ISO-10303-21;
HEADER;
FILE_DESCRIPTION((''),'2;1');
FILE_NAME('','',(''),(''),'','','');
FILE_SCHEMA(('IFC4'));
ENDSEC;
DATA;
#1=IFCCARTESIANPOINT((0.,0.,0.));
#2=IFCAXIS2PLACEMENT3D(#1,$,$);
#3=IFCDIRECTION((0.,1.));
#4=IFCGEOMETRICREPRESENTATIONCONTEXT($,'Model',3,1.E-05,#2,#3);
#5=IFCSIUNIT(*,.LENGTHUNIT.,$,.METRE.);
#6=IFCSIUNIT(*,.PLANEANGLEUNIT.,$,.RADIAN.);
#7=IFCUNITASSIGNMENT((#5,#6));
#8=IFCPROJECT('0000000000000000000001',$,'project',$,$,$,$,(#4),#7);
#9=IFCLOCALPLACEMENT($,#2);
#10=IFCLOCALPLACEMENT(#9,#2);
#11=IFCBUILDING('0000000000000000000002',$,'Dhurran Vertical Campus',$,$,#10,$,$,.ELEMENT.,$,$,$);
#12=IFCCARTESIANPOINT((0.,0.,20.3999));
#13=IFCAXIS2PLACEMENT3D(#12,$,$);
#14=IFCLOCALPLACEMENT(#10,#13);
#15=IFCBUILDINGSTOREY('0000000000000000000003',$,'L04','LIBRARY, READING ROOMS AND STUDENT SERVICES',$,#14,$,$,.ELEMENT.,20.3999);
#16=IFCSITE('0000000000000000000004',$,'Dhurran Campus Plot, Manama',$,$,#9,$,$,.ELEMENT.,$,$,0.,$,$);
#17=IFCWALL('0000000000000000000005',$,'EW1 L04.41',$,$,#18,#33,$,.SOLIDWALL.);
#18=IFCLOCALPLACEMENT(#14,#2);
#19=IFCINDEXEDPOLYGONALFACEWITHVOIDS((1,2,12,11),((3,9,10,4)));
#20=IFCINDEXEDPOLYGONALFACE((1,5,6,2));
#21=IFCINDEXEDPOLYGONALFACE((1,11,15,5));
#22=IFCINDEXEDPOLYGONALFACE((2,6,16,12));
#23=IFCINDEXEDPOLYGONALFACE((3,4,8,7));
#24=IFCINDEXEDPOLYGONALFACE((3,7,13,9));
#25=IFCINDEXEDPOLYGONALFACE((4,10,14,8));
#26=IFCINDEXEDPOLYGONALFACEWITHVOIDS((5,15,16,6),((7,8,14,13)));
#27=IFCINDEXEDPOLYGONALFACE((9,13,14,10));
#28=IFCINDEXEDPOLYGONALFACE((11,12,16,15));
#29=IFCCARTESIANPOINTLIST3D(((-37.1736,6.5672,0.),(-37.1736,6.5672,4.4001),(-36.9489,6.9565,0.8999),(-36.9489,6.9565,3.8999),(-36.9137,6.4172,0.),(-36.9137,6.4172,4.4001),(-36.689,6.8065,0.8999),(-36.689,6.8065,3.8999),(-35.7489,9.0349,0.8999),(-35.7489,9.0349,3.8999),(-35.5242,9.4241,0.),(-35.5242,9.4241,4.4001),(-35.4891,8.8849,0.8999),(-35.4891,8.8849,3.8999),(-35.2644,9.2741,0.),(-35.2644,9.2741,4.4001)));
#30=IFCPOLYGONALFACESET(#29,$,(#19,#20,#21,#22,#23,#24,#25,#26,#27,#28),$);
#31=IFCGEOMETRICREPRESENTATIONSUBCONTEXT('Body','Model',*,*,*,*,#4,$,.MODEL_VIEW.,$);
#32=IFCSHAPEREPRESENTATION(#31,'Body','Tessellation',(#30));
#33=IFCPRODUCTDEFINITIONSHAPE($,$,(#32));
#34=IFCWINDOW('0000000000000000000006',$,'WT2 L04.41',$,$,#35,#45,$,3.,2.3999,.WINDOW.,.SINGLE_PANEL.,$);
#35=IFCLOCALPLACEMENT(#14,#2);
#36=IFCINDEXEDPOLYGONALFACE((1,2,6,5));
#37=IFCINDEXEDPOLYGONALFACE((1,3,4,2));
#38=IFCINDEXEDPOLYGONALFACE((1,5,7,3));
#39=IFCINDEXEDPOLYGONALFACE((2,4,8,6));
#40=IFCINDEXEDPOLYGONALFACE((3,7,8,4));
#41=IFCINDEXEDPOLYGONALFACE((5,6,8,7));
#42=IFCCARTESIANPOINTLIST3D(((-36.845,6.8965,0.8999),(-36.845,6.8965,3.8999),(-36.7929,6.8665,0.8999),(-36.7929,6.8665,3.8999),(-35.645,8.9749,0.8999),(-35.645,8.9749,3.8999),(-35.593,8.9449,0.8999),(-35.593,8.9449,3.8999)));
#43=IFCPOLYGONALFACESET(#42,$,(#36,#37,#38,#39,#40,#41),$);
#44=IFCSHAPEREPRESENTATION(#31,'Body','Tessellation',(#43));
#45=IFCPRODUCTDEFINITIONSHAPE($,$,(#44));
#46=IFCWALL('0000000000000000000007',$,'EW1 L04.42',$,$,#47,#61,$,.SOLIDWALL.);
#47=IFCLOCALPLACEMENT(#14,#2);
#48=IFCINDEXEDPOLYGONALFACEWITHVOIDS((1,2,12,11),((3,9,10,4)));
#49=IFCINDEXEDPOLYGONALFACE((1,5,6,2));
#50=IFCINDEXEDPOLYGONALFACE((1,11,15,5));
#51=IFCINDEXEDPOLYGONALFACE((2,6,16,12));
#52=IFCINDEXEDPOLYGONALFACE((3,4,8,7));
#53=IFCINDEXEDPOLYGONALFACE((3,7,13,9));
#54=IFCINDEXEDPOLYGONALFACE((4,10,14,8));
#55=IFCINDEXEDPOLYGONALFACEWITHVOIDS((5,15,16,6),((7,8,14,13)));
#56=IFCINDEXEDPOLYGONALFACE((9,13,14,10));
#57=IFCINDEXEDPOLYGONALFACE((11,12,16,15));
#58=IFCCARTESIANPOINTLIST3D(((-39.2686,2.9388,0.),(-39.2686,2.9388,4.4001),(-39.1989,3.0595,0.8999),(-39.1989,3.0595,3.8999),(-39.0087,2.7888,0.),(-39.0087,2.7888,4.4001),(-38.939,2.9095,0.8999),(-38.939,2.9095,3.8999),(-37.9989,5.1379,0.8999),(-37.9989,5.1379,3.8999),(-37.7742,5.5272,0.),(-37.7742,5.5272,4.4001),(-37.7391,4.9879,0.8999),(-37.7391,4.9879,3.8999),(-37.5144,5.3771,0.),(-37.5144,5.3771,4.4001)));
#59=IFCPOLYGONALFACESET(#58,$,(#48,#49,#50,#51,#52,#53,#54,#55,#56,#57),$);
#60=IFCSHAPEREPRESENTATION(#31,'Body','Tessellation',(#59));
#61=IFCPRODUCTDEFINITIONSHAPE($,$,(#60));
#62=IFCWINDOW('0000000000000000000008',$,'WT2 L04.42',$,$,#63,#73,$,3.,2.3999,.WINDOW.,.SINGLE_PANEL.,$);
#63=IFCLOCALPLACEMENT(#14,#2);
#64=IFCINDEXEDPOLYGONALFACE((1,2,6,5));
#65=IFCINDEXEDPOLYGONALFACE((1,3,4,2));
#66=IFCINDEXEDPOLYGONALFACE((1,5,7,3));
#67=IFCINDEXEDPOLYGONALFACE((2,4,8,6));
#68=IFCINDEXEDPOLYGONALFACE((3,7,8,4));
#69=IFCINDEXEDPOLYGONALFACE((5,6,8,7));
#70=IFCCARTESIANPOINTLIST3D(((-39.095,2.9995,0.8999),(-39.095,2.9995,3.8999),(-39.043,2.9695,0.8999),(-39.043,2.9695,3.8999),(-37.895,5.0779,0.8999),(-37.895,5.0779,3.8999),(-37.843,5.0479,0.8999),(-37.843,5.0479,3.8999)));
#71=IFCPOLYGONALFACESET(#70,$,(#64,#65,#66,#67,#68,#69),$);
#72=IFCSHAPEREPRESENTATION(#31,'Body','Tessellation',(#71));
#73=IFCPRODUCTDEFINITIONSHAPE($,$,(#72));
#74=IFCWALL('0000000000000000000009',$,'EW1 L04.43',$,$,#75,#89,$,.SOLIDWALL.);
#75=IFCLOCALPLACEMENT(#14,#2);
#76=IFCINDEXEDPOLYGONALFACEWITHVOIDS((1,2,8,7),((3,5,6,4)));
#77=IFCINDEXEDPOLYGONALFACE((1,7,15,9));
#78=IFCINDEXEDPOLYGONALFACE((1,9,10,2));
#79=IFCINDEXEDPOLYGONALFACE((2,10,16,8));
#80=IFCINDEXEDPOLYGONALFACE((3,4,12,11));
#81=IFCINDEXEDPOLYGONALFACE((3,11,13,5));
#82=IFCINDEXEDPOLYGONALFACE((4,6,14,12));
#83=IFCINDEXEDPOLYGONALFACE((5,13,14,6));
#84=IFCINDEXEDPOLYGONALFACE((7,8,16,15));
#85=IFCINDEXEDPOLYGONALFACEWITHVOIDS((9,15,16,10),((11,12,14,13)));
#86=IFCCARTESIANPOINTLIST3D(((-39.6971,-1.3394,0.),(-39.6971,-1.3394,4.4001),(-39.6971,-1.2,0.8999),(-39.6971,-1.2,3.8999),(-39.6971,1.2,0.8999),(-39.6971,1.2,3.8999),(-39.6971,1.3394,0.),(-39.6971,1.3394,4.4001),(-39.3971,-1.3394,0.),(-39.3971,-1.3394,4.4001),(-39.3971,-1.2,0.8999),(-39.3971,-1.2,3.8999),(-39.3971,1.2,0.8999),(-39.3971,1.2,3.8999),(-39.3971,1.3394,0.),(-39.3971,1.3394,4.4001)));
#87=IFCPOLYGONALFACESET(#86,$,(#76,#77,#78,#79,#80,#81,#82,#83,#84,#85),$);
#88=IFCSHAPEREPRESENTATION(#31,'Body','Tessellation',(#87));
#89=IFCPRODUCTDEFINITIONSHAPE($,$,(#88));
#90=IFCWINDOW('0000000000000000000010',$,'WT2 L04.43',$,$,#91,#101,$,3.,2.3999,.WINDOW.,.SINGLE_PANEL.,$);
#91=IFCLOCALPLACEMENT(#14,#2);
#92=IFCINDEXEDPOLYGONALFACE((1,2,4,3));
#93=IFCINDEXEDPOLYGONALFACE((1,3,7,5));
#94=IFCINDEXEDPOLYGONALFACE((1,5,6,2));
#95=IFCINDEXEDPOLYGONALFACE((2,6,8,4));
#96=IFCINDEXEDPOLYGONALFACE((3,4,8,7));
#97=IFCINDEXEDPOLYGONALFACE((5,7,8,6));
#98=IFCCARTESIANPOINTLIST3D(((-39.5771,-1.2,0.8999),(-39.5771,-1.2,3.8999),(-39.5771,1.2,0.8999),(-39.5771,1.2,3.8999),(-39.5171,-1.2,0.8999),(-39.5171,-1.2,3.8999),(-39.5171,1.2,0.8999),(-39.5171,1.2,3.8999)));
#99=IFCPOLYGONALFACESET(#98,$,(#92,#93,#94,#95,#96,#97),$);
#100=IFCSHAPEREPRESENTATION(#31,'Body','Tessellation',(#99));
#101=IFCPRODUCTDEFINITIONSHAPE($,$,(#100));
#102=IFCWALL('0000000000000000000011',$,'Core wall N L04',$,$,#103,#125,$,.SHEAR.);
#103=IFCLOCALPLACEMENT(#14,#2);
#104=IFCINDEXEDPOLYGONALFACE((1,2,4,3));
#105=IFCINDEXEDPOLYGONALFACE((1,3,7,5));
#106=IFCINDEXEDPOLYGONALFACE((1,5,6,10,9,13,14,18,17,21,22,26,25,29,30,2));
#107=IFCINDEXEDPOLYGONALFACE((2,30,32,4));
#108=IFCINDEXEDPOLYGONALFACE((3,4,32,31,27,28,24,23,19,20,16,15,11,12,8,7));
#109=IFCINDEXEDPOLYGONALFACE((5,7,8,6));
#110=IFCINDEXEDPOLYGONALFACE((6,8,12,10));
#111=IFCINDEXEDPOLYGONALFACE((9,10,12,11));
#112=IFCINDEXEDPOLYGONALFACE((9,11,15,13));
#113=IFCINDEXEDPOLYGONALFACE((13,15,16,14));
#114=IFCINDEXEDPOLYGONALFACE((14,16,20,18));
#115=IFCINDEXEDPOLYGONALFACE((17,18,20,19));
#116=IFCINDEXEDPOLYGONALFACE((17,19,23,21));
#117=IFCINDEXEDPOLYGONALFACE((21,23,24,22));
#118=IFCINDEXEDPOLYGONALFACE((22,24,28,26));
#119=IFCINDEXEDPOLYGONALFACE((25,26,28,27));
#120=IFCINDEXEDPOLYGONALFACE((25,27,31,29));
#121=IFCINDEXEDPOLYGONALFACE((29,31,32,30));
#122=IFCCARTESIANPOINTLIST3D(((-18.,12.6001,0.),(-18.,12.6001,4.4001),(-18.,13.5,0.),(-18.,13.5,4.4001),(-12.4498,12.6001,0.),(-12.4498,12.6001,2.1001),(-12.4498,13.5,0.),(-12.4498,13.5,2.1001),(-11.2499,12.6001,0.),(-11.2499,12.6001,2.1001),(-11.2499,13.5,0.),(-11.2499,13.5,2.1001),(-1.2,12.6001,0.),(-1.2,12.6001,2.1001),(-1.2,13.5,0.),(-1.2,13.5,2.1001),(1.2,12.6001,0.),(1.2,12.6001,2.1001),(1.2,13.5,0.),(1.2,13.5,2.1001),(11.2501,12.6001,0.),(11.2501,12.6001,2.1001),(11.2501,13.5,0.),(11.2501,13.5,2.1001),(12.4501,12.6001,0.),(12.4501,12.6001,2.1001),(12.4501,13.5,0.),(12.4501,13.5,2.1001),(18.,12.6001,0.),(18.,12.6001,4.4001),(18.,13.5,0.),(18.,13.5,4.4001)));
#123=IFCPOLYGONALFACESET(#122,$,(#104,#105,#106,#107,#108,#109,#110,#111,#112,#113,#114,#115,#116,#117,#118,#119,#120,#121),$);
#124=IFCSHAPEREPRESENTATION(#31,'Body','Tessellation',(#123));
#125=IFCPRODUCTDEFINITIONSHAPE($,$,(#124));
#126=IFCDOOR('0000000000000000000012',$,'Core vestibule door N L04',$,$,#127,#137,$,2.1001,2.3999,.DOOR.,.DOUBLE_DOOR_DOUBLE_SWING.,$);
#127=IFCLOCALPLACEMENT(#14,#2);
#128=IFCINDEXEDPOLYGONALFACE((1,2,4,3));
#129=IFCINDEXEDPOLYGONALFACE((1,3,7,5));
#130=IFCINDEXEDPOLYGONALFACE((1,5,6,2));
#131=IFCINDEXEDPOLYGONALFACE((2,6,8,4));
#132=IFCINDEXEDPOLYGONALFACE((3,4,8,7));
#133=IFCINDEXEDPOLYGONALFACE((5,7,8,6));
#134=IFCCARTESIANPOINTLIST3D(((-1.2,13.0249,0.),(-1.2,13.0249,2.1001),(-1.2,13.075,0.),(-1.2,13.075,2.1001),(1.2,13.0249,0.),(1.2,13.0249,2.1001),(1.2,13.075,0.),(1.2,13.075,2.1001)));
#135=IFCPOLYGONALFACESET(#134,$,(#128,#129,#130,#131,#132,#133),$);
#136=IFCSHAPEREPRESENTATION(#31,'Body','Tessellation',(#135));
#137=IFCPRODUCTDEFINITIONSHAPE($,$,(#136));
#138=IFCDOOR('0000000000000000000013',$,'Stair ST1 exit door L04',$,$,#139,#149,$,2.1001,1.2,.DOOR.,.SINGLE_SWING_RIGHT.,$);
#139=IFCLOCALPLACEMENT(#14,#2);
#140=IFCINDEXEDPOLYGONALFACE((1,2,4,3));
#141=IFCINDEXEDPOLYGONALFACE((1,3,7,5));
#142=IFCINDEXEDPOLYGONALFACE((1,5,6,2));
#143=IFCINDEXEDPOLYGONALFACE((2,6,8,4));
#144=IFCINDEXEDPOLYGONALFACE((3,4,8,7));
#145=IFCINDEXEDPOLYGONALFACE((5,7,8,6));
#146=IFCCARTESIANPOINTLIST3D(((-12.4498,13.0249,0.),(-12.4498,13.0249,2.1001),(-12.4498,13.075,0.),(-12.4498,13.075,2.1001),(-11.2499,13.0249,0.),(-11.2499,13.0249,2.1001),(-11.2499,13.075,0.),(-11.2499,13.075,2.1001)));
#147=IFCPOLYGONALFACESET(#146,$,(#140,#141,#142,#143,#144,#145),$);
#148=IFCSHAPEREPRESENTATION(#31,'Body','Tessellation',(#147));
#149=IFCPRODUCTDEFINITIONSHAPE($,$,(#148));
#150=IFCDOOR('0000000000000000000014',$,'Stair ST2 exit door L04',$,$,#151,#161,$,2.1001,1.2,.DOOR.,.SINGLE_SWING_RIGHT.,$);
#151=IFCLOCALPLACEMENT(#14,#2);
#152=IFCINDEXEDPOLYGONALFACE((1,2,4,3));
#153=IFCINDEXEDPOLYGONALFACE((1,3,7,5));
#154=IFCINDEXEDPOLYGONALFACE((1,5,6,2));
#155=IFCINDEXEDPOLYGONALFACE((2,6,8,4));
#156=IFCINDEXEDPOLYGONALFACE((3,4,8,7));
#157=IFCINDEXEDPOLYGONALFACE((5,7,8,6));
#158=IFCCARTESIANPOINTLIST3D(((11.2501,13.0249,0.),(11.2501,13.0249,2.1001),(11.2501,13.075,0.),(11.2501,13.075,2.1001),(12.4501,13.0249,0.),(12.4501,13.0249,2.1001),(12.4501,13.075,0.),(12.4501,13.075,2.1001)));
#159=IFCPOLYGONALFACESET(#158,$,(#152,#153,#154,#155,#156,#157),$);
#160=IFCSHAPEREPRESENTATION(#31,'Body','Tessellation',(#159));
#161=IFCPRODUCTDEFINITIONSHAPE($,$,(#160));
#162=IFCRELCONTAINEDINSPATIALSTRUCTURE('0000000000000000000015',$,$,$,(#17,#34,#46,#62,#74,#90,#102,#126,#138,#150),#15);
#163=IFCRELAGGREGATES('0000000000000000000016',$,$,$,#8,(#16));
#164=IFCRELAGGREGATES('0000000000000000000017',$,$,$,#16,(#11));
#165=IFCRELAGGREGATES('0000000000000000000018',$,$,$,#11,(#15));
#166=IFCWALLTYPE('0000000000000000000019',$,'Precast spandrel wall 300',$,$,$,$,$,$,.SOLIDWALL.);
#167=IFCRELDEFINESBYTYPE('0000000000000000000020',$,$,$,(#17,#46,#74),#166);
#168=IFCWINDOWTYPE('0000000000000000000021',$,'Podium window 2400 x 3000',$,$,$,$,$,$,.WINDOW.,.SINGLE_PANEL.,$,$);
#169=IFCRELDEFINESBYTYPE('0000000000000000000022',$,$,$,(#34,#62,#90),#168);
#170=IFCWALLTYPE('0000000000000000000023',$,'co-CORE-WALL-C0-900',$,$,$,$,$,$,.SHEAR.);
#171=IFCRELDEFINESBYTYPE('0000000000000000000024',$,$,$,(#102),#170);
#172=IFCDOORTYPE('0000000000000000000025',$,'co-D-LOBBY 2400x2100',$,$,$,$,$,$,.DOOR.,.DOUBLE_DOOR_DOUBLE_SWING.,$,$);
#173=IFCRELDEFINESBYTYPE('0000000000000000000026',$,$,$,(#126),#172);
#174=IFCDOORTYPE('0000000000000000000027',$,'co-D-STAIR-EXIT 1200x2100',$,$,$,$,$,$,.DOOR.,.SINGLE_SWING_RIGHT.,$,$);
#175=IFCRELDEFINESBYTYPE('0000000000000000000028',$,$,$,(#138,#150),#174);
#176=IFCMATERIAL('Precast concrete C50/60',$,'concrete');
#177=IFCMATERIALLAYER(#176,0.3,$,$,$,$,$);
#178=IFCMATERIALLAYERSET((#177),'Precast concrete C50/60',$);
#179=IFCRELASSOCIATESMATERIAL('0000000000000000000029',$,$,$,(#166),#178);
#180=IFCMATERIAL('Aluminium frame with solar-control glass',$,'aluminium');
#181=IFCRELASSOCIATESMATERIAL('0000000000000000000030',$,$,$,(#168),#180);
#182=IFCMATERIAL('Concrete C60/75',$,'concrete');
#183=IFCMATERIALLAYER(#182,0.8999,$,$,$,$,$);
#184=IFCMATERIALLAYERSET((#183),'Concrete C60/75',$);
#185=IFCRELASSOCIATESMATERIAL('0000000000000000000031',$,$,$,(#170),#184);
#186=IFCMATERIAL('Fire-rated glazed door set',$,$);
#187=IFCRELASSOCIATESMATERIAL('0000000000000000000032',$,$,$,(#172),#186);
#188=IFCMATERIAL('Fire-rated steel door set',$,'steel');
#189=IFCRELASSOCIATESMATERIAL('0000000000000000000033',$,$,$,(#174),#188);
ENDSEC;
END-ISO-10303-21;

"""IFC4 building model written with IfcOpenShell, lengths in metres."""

from ifc_helpers import new_model, si_unit, direction, frame, frame_2d, origin, place, context, subcontext, project, spatial, rectangle, extrude, material, layer, layer_set, type_object, element, fill, save


model = new_model("IFC4")

# Units and contexts
model_context = context("Model", 3, precision=1e-05, world=origin(), true_north=direction((0.0, 1.0)))
body_context = subcontext(model_context, "Body", "Model", "MODEL_VIEW")
ifc_project = project(units=[si_unit("LENGTHUNIT", "METRE"), si_unit("PLANEANGLEUNIT", "RADIAN")], contexts=[model_context])

# Site, building, storey
site_placement = place(None, origin())
site = spatial("IfcSite", under=ifc_project, at=site_placement, Name="Dhurran Campus Plot, Manama", CompositionType="ELEMENT", RefElevation=0.0)
building_placement = place(site_placement, origin())
building = spatial("IfcBuilding", under=site, at=building_placement, Name="Dhurran Vertical Campus", CompositionType="ELEMENT")
storey_placement = place(building_placement, frame((0.0, 0.0, 20.3999)))
storey = spatial("IfcBuildingStorey", under=building, at=storey_placement, Name="L04", Description="LIBRARY, READING ROOMS AND STUDENT SERVICES", CompositionType="ELEMENT", Elevation=20.3999)

# Walls, openings, windows
ifc_material_1 = material(Name="Precast concrete C50/60", Category="concrete")
ifc_layer_1 = layer(ifc_material_1, 0.3)
ifc_layer_set_1 = layer_set([ifc_layer_1], Name="Precast concrete C50/60")
wall_type_1 = type_object("IfcWallType", Name="Precast spandrel wall 300", PredefinedType="SOLIDWALL", material=ifc_layer_set_1)
ifc_material_2 = material(Name="Aluminium frame with solar-control glass", Category="aluminium")
window_type = type_object("IfcWindowType", Name="Podium window 2400 x 3000", PartitioningType="SINGLE_PANEL", PredefinedType="WINDOW", material=ifc_material_2)
wall_1_placement = place(storey_placement, frame((-35.3943, 9.3491, 0.0), z_axis=(0.0, 0.0, 1.0), x_axis=(-0.499992, -0.86603, 0.0)))
wall_1 = element("IfcWall", 1, at=wall_1_placement, inside=storey, type_object=wall_type_1, Name="EW1 L04.41", PredefinedType="SOLIDWALL", context=body_context, shape_type="SweptSolid", body=[
    extrude(rectangle(XDim=3.2988, YDim=0.3, at=frame_2d((1.6494, 0.0))), origin(), (0.0, 0.0, 1.0), 4.4001),
])
opening_1_placement = place(wall_1_placement, frame((0.4495, 0.0, 0.8999)))
opening_1 = element("IfcOpeningElement", 2, at=opening_1_placement, cuts=wall_1, PredefinedType="OPENING", context=body_context, shape_type="SweptSolid", body=[
    extrude(rectangle(XDim=2.3999, YDim=3.0, at=frame_2d((1.2, 1.5))), frame((0.0, 0.1599, 0.0), z_axis=(0.0, -1.0, 0.0), x_axis=(1.0, 0.0, 0.0)), (0.0, 0.0, 1.0), 0.3201),
])
window_1_placement = place(opening_1_placement, origin())
window_1 = element("IfcWindow", 3, at=window_1_placement, inside=storey, type_object=window_type, Name="WT2 L04.41", OverallHeight=3.0, OverallWidth=2.3999, PartitioningType="SINGLE_PANEL", PredefinedType="WINDOW", context=body_context, shape_type="SweptSolid", body=[
    extrude(rectangle(XDim=2.3999, YDim=3.0, at=frame_2d((1.2, 1.5))), frame((0.0, 0.03, 0.0), z_axis=(0.0, -1.0, 0.0), x_axis=(1.0, 0.0, 0.0)), (0.0, 0.0, 1.0), 0.0601),
])
fill(opening_1, window_1)
wall_2_placement = place(storey_placement, frame((-37.6443, 5.4521, 0.0), z_axis=(0.0, 0.0, 1.0), x_axis=(-0.499996, -0.866028, 0.0)))
wall_2 = element("IfcWall", 4, at=wall_2_placement, inside=storey, type_object=wall_type_1, Name="EW1 L04.42", PredefinedType="SOLIDWALL", context=body_context, shape_type="SweptSolid", body=[
    extrude(rectangle(XDim=2.9888, YDim=0.3, at=frame_2d((1.4944, 0.0))), origin(), (0.0, 0.0, 1.0), 4.4001),
])
opening_2_placement = place(wall_2_placement, frame((0.4495, 0.0, 0.8999)))
opening_2 = element("IfcOpeningElement", 5, at=opening_2_placement, cuts=wall_2, PredefinedType="OPENING", context=body_context, shape_type="SweptSolid", body=[
    extrude(rectangle(XDim=2.3999, YDim=3.0, at=frame_2d((1.2, 1.5))), frame((0.0, 0.1599, 0.0), z_axis=(0.0, -1.0, 0.0), x_axis=(1.0, 0.0, 0.0)), (0.0, 0.0, 1.0), 0.3201),
])
window_2_placement = place(opening_2_placement, origin())
window_2 = element("IfcWindow", 6, at=window_2_placement, inside=storey, type_object=window_type, Name="WT2 L04.42", OverallHeight=3.0, OverallWidth=2.3999, PartitioningType="SINGLE_PANEL", PredefinedType="WINDOW", context=body_context, shape_type="SweptSolid", body=[
    extrude(rectangle(XDim=2.3999, YDim=3.0, at=frame_2d((1.2, 1.5))), frame((0.0, 0.03, 0.0), z_axis=(0.0, -1.0, 0.0), x_axis=(1.0, 0.0, 0.0)), (0.0, 0.0, 1.0), 0.0601),
])
fill(opening_2, window_2)
wall_3_placement = place(storey_placement, frame((-39.5471, 1.3394, 0.0), z_axis=(0.0, 0.0, 1.0), x_axis=(0.0, -1.0, 0.0)))
wall_3 = element("IfcWall", 7, at=wall_3_placement, inside=storey, type_object=wall_type_1, Name="EW1 L04.43", PredefinedType="SOLIDWALL", context=body_context, shape_type="SweptSolid", body=[
    extrude(rectangle(XDim=2.6787, YDim=0.3, at=frame_2d((1.3394, 0.0))), origin(), (0.0, 0.0, 1.0), 4.4001),
])
opening_3_placement = place(wall_3_placement, frame((0.1394, 0.0, 0.8999)))
opening_3 = element("IfcOpeningElement", 8, at=opening_3_placement, cuts=wall_3, PredefinedType="OPENING", context=body_context, shape_type="SweptSolid", body=[
    extrude(rectangle(XDim=2.3999, YDim=3.0, at=frame_2d((1.2, 1.5))), frame((0.0, 0.1599, 0.0), z_axis=(0.0, -1.0, 0.0), x_axis=(1.0, 0.0, 0.0)), (0.0, 0.0, 1.0), 0.3201),
])
window_3_placement = place(opening_3_placement, origin())
window_3 = element("IfcWindow", 9, at=window_3_placement, inside=storey, type_object=window_type, Name="WT2 L04.43", OverallHeight=3.0, OverallWidth=2.3999, PartitioningType="SINGLE_PANEL", PredefinedType="WINDOW", context=body_context, shape_type="SweptSolid", body=[
    extrude(rectangle(XDim=2.3999, YDim=3.0, at=frame_2d((1.2, 1.5))), frame((0.0, 0.03, 0.0), z_axis=(0.0, -1.0, 0.0), x_axis=(1.0, 0.0, 0.0)), (0.0, 0.0, 1.0), 0.0601),
])
fill(opening_3, window_3)

# Wall, openings, doors
ifc_material_3 = material(Name="Concrete C60/75", Category="concrete")
ifc_layer_2 = layer(ifc_material_3, 0.8999)
ifc_layer_set_2 = layer_set([ifc_layer_2], Name="Concrete C60/75")
wall_type_2 = type_object("IfcWallType", Name="co-CORE-WALL-C0-900", PredefinedType="SHEAR", material=ifc_layer_set_2)
wall_4_placement = place(storey_placement, frame((-18.0, 13.05, 0.0), z_axis=(0.0, 0.0, 1.0), x_axis=(1.0, 0.0, 0.0)))
wall_4 = element("IfcWall", 10, at=wall_4_placement, inside=storey, type_object=wall_type_2, Name="Core wall N L04", PredefinedType="SHEAR", context=body_context, shape_type="SweptSolid", body=[
    extrude(rectangle(XDim=36.0, YDim=0.8999, at=frame_2d((18.0, 0.0))), origin(), (0.0, 0.0, 1.0), 4.4001),
])
opening_4_placement = place(wall_4_placement, frame((16.8, 0.0, 0.0)))
opening_4 = element("IfcOpeningElement", 11, at=opening_4_placement, cuts=wall_4, PredefinedType="OPENING", context=body_context, shape_type="SweptSolid", body=[
    extrude(rectangle(XDim=2.3999, YDim=2.1001, at=frame_2d((1.2, 1.05))), frame((0.0, 0.46, 0.0), z_axis=(0.0, -1.0, 0.0), x_axis=(1.0, 0.0, 0.0)), (0.0, 0.0, 1.0), 0.9199),
])
opening_5_placement = place(wall_4_placement, frame((5.55, 0.0, 0.0)))
opening_5 = element("IfcOpeningElement", 12, at=opening_5_placement, cuts=wall_4, PredefinedType="OPENING", context=body_context, shape_type="SweptSolid", body=[
    extrude(rectangle(XDim=1.2, YDim=2.1001, at=frame_2d((0.6001, 1.05))), frame((0.0, 0.46, 0.0), z_axis=(0.0, -1.0, 0.0), x_axis=(1.0, 0.0, 0.0)), (0.0, 0.0, 1.0), 0.9199),
])
opening_6_placement = place(wall_4_placement, frame((29.25, 0.0, 0.0)))
opening_6 = element("IfcOpeningElement", 13, at=opening_6_placement, cuts=wall_4, PredefinedType="OPENING", context=body_context, shape_type="SweptSolid", body=[
    extrude(rectangle(XDim=1.2, YDim=2.1001, at=frame_2d((0.6001, 1.05))), frame((0.0, 0.46, 0.0), z_axis=(0.0, -1.0, 0.0), x_axis=(1.0, 0.0, 0.0)), (0.0, 0.0, 1.0), 0.9199),
])
ifc_material_4 = material(Name="Fire-rated glazed door set")
door_type_1 = type_object("IfcDoorType", Name="co-D-LOBBY 2400x2100", OperationType="DOUBLE_DOOR_DOUBLE_SWING", PredefinedType="DOOR", material=ifc_material_4)
door_1_placement = place(opening_4_placement, origin())
door_1 = element("IfcDoor", 14, at=door_1_placement, inside=storey, type_object=door_type_1, Name="Core vestibule door N L04", OperationType="DOUBLE_DOOR_DOUBLE_SWING", OverallHeight=2.1001, OverallWidth=2.3999, PredefinedType="DOOR", context=body_context, shape_type="SweptSolid", body=[
    extrude(rectangle(XDim=2.3999, YDim=2.1001, at=frame_2d((1.2, 1.05))), frame((0.0, 0.0249, 0.0), z_axis=(0.0, -1.0, 0.0), x_axis=(1.0, 0.0, 0.0)), (0.0, 0.0, 1.0), 0.05),
])
fill(opening_4, door_1)
ifc_material_5 = material(Name="Fire-rated steel door set", Category="steel")
door_type_2 = type_object("IfcDoorType", Name="co-D-STAIR-EXIT 1200x2100", OperationType="SINGLE_SWING_RIGHT", PredefinedType="DOOR", material=ifc_material_5)
door_2_placement = place(opening_5_placement, origin())
door_2 = element("IfcDoor", 15, at=door_2_placement, inside=storey, type_object=door_type_2, Name="Stair ST1 exit door L04", OperationType="SINGLE_SWING_RIGHT", OverallHeight=2.1001, OverallWidth=1.2, PredefinedType="DOOR", context=body_context, shape_type="SweptSolid", body=[
    extrude(rectangle(XDim=1.2, YDim=2.1001, at=frame_2d((0.6001, 1.05))), frame((0.0, 0.0249, 0.0), z_axis=(0.0, -1.0, 0.0), x_axis=(1.0, 0.0, 0.0)), (0.0, 0.0, 1.0), 0.05),
])
fill(opening_5, door_2)
door_3_placement = place(opening_6_placement, origin())
door_3 = element("IfcDoor", 16, at=door_3_placement, inside=storey, type_object=door_type_2, Name="Stair ST2 exit door L04", OperationType="SINGLE_SWING_RIGHT", OverallHeight=2.1001, OverallWidth=1.2, PredefinedType="DOOR", context=body_context, shape_type="SweptSolid", body=[
    extrude(rectangle(XDim=1.2, YDim=2.1001, at=frame_2d((0.6001, 1.05))), frame((0.0, 0.0249, 0.0), z_axis=(0.0, -1.0, 0.0), x_axis=(1.0, 0.0, 0.0)), (0.0, 0.0, 1.0), 0.05),
])
fill(opening_6, door_3)

save(model, "model.ifc")
